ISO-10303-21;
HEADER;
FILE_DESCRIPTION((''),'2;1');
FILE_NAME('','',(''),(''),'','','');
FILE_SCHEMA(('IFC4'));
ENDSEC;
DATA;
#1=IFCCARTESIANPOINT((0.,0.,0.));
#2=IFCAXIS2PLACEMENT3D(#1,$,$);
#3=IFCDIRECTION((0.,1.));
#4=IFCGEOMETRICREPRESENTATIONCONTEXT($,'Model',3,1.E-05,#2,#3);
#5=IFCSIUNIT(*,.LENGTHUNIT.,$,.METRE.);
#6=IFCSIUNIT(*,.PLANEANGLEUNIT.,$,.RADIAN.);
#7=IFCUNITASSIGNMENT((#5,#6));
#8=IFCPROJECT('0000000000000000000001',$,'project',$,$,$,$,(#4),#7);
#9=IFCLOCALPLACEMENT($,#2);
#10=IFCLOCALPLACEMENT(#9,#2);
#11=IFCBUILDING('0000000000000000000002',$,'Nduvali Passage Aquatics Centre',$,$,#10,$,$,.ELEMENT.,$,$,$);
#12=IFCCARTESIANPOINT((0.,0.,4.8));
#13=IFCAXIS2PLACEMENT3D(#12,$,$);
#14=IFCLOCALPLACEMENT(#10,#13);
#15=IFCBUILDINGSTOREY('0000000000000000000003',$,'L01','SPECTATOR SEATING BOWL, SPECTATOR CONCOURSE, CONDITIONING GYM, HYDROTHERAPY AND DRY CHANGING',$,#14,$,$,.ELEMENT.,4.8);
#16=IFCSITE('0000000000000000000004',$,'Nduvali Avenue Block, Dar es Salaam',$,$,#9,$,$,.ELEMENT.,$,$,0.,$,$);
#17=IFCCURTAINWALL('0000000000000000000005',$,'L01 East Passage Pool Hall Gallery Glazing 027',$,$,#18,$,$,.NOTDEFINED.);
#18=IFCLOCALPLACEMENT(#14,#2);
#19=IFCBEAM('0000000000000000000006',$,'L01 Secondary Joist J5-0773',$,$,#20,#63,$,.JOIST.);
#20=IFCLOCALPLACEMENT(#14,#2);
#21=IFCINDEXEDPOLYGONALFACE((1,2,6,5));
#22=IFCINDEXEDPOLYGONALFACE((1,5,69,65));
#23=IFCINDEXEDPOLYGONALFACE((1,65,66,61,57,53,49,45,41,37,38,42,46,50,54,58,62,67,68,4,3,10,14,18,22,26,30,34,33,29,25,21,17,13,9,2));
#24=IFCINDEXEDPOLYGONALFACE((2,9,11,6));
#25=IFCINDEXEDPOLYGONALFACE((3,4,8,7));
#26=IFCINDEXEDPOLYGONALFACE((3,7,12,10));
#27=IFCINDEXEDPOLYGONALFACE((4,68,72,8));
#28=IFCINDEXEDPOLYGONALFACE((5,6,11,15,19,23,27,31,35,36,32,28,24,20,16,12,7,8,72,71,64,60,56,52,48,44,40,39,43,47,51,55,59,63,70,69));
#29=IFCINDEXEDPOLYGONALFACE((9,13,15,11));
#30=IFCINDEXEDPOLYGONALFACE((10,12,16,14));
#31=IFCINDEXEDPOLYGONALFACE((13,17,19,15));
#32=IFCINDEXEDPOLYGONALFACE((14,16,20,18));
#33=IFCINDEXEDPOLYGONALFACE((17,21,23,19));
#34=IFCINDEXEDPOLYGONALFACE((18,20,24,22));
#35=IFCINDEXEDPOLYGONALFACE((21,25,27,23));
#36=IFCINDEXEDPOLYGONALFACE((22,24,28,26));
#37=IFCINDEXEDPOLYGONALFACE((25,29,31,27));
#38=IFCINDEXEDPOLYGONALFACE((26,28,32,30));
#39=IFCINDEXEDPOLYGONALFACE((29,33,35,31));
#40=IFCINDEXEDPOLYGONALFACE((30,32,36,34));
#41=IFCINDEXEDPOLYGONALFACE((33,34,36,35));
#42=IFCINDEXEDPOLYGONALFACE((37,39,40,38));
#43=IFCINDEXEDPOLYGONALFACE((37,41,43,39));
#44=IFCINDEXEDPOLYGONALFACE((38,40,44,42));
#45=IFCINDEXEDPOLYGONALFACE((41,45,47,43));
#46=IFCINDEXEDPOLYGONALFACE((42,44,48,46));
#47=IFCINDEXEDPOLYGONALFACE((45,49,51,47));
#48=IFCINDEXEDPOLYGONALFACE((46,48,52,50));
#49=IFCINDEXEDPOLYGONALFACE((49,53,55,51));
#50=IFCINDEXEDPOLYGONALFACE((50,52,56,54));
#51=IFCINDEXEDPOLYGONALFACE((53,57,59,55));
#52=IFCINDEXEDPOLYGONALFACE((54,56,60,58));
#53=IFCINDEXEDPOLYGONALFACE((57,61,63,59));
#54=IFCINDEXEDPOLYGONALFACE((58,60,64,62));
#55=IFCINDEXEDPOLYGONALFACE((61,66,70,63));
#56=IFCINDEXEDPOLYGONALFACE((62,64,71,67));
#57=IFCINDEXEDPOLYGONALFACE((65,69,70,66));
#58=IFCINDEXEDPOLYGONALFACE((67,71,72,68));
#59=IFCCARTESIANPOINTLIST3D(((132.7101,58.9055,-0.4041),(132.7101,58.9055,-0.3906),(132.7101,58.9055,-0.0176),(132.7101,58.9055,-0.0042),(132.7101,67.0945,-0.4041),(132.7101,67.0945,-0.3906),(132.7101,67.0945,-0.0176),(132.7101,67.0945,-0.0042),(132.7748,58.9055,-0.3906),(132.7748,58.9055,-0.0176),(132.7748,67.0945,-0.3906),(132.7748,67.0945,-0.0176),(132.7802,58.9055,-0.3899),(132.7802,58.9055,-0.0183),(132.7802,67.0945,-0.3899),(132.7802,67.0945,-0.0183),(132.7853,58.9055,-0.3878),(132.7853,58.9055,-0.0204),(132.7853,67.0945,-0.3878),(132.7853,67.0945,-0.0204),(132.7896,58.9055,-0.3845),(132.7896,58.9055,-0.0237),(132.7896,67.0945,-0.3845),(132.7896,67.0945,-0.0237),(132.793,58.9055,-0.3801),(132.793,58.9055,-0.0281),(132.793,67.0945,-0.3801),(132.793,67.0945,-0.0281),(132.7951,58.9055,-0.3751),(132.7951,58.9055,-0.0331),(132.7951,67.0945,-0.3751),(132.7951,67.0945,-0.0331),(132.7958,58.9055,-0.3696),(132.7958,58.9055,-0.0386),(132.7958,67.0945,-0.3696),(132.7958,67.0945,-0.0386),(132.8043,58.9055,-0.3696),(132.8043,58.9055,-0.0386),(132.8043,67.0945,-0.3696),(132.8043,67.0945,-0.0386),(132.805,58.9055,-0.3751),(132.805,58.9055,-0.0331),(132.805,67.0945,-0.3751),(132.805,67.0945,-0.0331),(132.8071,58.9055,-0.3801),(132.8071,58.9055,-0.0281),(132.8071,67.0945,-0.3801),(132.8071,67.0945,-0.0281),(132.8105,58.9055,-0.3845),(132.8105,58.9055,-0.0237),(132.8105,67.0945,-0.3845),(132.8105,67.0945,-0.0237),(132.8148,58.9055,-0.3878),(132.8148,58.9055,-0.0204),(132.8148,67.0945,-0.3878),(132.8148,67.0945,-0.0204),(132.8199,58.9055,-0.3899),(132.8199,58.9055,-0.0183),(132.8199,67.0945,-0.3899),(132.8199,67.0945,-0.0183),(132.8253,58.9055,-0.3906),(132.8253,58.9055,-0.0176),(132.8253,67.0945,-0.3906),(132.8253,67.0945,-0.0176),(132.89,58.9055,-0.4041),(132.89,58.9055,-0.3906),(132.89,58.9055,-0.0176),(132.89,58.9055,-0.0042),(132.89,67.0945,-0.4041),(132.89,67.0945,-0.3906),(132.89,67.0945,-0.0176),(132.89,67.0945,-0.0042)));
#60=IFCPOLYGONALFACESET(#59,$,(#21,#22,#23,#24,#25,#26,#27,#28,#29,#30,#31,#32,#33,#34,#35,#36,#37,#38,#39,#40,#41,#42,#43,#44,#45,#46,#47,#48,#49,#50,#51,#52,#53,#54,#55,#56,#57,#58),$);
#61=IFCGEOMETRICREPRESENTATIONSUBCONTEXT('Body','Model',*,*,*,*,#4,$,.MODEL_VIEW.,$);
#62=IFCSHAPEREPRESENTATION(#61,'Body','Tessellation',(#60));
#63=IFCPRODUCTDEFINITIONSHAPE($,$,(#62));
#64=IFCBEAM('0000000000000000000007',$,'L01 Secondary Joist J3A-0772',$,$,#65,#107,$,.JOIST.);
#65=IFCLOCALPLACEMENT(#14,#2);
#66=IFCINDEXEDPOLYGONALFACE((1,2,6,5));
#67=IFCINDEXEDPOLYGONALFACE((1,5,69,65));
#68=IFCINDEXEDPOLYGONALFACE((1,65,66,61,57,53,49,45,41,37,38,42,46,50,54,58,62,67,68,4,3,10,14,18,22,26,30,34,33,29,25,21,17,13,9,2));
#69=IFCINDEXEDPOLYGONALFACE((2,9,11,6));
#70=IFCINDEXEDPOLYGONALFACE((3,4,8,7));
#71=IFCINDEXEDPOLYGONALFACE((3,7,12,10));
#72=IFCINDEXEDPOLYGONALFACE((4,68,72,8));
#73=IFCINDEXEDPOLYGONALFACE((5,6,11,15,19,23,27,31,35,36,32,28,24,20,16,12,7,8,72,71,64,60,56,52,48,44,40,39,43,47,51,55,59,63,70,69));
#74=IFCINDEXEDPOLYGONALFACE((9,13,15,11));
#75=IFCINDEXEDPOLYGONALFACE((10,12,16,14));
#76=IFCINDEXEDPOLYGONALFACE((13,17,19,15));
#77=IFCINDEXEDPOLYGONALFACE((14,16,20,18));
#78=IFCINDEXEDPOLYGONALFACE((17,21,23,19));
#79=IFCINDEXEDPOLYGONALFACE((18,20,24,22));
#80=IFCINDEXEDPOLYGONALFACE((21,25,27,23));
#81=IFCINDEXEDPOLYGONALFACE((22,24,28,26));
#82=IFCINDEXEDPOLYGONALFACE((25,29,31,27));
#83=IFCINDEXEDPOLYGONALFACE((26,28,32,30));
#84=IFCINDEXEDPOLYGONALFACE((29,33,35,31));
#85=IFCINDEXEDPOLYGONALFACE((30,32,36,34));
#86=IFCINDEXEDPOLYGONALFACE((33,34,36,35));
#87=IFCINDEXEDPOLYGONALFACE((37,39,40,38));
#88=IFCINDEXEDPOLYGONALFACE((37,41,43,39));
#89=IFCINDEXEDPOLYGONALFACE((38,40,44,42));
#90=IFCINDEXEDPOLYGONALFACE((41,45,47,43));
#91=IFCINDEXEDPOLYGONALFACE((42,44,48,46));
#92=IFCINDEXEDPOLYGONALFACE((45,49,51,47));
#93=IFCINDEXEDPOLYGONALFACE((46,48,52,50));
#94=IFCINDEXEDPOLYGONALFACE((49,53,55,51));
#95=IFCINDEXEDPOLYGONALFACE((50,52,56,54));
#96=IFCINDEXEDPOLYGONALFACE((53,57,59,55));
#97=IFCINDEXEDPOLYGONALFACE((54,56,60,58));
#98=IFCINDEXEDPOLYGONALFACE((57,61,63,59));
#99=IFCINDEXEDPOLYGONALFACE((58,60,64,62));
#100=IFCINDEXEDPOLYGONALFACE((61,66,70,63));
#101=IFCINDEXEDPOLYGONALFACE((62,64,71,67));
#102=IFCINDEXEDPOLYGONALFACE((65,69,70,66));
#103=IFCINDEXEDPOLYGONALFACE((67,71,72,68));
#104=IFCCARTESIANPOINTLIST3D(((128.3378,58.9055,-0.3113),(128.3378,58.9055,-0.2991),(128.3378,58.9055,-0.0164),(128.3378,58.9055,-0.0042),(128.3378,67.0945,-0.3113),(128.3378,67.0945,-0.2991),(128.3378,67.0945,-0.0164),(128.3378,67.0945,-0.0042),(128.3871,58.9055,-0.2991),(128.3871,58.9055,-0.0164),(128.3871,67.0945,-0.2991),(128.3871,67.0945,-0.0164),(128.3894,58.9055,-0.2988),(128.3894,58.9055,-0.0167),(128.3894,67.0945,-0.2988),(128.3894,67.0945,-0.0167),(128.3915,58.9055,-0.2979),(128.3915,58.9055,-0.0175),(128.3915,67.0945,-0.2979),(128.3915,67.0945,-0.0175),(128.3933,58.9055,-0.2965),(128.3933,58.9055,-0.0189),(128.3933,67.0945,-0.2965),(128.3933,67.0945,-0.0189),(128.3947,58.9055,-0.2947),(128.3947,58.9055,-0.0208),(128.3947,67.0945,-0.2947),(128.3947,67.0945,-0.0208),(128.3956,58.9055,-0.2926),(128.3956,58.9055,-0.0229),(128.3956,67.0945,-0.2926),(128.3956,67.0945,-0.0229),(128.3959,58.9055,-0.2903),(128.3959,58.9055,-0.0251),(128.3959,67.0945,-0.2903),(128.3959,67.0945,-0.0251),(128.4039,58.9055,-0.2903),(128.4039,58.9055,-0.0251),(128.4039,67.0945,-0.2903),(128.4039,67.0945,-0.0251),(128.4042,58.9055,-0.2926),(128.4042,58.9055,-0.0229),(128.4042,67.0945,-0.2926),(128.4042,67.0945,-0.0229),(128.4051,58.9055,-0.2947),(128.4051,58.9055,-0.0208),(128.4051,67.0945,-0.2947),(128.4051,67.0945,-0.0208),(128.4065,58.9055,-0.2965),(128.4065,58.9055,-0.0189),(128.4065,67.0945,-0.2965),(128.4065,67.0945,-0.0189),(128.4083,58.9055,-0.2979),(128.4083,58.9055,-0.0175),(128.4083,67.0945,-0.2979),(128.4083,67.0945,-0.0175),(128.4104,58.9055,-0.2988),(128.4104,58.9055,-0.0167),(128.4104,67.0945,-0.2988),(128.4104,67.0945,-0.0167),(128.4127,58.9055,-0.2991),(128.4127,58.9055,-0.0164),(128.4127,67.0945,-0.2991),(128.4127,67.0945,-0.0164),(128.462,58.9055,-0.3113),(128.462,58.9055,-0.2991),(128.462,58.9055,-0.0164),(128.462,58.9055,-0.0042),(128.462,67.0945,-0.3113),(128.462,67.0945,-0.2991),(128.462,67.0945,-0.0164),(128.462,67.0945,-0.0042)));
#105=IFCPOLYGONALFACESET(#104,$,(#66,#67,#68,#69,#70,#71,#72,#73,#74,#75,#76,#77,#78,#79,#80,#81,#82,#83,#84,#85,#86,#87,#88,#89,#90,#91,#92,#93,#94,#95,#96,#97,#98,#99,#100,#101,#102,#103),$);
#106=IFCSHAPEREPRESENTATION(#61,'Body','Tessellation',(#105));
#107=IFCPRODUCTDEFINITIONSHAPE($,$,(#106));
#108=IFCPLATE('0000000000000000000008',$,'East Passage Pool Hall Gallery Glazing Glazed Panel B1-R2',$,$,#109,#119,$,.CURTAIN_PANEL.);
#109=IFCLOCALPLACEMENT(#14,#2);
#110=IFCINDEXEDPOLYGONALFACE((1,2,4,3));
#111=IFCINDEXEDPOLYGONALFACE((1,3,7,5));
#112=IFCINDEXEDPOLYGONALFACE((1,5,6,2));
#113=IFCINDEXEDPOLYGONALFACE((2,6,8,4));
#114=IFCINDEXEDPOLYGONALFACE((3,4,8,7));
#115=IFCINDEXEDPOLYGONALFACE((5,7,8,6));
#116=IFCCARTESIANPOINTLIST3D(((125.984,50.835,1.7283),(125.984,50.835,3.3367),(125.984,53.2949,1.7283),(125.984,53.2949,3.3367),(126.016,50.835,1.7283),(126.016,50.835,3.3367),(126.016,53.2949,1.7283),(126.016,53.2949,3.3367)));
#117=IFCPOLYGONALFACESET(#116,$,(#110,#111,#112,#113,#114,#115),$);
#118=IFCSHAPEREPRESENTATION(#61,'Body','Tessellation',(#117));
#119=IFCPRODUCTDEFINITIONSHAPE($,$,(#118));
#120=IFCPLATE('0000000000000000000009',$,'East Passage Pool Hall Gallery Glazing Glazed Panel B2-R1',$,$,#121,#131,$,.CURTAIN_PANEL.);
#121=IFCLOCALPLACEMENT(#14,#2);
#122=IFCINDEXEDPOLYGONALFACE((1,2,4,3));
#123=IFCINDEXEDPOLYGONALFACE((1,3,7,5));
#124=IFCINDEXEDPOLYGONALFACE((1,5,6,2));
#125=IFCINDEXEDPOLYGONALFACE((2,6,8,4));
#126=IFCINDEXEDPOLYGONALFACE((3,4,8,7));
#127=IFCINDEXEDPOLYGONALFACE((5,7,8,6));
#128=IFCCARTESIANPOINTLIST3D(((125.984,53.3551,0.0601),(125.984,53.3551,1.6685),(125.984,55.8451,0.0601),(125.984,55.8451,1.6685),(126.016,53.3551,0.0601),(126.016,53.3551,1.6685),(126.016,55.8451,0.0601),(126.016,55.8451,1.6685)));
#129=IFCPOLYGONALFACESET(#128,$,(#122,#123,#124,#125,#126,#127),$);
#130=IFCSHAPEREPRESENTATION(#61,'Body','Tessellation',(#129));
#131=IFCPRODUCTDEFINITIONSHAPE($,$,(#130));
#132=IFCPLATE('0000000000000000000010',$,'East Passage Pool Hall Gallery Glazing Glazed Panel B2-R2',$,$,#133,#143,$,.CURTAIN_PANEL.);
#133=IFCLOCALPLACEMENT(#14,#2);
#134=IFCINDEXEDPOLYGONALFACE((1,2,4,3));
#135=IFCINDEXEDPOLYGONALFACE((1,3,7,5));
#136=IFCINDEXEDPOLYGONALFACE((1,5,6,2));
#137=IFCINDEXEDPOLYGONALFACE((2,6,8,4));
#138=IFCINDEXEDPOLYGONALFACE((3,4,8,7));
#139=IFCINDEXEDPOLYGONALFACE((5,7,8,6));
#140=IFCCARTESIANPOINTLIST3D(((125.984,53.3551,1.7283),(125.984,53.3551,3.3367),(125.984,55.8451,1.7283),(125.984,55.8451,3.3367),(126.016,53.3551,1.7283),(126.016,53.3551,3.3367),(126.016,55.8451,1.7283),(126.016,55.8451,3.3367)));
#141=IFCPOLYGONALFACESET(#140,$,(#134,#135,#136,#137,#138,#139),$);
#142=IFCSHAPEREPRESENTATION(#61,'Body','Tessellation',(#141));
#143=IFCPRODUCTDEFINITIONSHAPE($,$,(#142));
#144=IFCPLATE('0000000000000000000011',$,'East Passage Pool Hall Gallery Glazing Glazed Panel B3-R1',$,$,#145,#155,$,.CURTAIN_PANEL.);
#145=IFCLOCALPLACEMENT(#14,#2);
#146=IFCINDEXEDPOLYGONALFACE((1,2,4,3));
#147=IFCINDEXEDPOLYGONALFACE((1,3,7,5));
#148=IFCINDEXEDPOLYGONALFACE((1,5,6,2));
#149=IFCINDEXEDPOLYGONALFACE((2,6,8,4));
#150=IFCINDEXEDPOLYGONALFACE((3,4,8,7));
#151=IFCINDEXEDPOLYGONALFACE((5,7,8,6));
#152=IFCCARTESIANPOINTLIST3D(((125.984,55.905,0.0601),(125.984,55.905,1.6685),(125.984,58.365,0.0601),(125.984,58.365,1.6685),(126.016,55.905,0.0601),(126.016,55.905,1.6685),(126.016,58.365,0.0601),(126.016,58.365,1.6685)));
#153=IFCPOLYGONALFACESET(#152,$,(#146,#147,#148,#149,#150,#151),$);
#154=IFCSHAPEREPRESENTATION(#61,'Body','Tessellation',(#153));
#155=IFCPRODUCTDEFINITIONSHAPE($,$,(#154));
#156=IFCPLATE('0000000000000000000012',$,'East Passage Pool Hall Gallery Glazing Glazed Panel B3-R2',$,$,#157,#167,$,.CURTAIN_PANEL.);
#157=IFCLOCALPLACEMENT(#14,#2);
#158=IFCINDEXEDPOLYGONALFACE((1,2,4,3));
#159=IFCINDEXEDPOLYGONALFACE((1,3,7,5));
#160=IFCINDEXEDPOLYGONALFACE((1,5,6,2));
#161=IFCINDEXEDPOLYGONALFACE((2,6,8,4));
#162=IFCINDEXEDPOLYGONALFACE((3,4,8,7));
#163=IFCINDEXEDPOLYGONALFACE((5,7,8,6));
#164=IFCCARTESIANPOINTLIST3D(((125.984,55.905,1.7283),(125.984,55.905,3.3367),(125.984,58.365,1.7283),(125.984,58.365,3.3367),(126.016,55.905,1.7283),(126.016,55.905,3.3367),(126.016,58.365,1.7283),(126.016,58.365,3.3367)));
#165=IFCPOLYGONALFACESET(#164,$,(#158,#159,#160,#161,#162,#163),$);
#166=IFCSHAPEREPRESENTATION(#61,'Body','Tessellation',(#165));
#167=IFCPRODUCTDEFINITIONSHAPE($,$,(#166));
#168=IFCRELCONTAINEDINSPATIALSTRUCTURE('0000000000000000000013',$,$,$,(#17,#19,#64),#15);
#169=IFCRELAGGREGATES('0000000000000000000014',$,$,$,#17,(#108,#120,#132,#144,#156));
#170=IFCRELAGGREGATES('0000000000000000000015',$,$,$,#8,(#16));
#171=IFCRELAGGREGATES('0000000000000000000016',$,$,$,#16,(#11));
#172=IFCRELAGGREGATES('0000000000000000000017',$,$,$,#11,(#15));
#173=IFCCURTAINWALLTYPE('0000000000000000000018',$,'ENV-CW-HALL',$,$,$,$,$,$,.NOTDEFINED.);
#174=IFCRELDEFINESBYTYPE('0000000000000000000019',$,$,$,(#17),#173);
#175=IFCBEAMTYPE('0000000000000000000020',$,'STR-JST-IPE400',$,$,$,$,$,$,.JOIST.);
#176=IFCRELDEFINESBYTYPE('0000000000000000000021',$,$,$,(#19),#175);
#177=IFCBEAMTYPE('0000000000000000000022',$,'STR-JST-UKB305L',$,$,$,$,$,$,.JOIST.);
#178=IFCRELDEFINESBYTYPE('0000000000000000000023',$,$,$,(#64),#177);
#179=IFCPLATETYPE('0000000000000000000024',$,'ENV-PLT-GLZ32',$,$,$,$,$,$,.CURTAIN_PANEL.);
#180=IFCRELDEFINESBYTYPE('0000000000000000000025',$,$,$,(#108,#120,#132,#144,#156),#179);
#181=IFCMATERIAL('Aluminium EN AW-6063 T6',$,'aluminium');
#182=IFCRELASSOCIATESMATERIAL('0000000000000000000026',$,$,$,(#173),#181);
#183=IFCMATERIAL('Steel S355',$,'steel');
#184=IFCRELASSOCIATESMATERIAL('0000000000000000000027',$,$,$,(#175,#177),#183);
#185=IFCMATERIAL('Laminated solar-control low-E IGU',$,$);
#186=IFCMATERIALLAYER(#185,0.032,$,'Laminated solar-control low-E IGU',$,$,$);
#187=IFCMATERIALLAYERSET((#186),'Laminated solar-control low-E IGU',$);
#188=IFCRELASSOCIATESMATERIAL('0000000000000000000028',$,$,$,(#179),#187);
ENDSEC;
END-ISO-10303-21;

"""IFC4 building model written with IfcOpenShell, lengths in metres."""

from ifc_helpers import new_model, si_unit, direction, frame, origin, origin_2d, place, context, subcontext, project, spatial, rectangle, i_section, extrude, material, layer, layer_set, material_profile, profile_set, type_object, element, aggregate, save


model = new_model("IFC4")

# Units and contexts
model_context = context("Model", 3, precision=1e-05, world=origin(), true_north=direction((0.0, 1.0)))
body_context = subcontext(model_context, "Body", "Model", "MODEL_VIEW")
ifc_project = project(units=[si_unit("LENGTHUNIT", "METRE"), si_unit("PLANEANGLEUNIT", "RADIAN")], contexts=[model_context])

# Site, building, storey
site_placement = place(None, origin())
site = spatial("IfcSite", under=ifc_project, at=site_placement, Name="Nduvali Avenue Block, Dar es Salaam", CompositionType="ELEMENT", RefElevation=0.0)
building_placement = place(site_placement, origin())
building = spatial("IfcBuilding", under=site, at=building_placement, Name="Nduvali Passage Aquatics Centre", CompositionType="ELEMENT")
storey_placement = place(building_placement, frame((0.0, 0.0, 4.8)))
storey = spatial("IfcBuildingStorey", under=building, at=storey_placement, Name="L01", Description="SPECTATOR SEATING BOWL, SPECTATOR CONCOURSE, CONDITIONING GYM, HYDROTHERAPY AND DRY CHANGING", CompositionType="ELEMENT", Elevation=4.8)

# Curtain wall
ifc_material_1 = material(Name="Aluminium EN AW-6063 T6", Category="aluminium")
curtain_wall_type = type_object("IfcCurtainWallType", Name="ENV-CW-HALL", PredefinedType="NOTDEFINED", material=ifc_material_1)
curtain_wall_placement = place(storey_placement, origin())
curtain_wall = element("IfcCurtainWall", 1, at=curtain_wall_placement, inside=storey, type_object=curtain_wall_type, Name="L01 East Passage Pool Hall Gallery Glazing 027", PredefinedType="NOTDEFINED")

# Beams
ifc_material_2 = material(Name="Steel S355", Category="steel")
ifc_material_profile_1 = material_profile(ifc_material_2, i_section(OverallWidth=0.1799, OverallDepth=0.3999, WebThickness=0.0085, FlangeThickness=0.0134, FilletRadius=0.021, at=origin_2d()), Name="IPE 400")
ifc_profile_set_1 = profile_set([ifc_material_profile_1], Name="Steel S355")
beam_type_1 = type_object("IfcBeamType", Name="STR-JST-IPE400", PredefinedType="JOIST", material=ifc_profile_set_1)
beam_1_placement = place(storey_placement, frame((132.8, 58.9055, -0.2041), z_axis=(0.0, 1.0, 0.0), x_axis=(-1.0, 0.0, 0.0)))
element("IfcBeam", 2, at=beam_1_placement, inside=storey, type_object=beam_type_1, Name="L01 Secondary Joist J5-0773", PredefinedType="JOIST", context=body_context, shape_type="SweptSolid", body=[
    extrude(i_section(OverallWidth=0.1799, OverallDepth=0.3999, WebThickness=0.0085, FlangeThickness=0.0134, FilletRadius=0.021, at=origin_2d()), origin(), (0.0, 0.0, 1.0), 8.189),
])
ifc_material_profile_2 = material_profile(ifc_material_2, i_section(OverallWidth=0.1243, OverallDepth=0.3071, WebThickness=0.0081, FlangeThickness=0.0122, FilletRadius=0.0088, at=origin_2d()), Name="UKB 305x127x42")
ifc_profile_set_2 = profile_set([ifc_material_profile_2], Name="Steel S355")
beam_type_2 = type_object("IfcBeamType", Name="STR-JST-UKB305L", PredefinedType="JOIST", material=ifc_profile_set_2)
beam_2_placement = place(storey_placement, frame((128.3999, 58.9055, -0.1577), z_axis=(0.0, 1.0, 0.0), x_axis=(-1.0, 0.0, 0.0)))
element("IfcBeam", 3, at=beam_2_placement, inside=storey, type_object=beam_type_2, Name="L01 Secondary Joist J3A-0772", PredefinedType="JOIST", context=body_context, shape_type="SweptSolid", body=[
    extrude(i_section(OverallWidth=0.1243, OverallDepth=0.3071, WebThickness=0.0081, FlangeThickness=0.0122, FilletRadius=0.0088, at=origin_2d()), origin(), (0.0, 0.0, 1.0), 8.189),
])

# Plates
ifc_material_3 = material(Name="Laminated solar-control low-E IGU")
ifc_layer = layer(ifc_material_3, 0.032, Name="Laminated solar-control low-E IGU")
ifc_layer_set = layer_set([ifc_layer], Name="Laminated solar-control low-E IGU")
plate_type = type_object("IfcPlateType", Name="ENV-PLT-GLZ32", PredefinedType="CURTAIN_PANEL", material=ifc_layer_set)
plate_1_placement = place(storey_placement, frame((126.0, 52.0649, 1.7283), z_axis=(0.0, 0.0, 1.0), x_axis=(0.0, 1.0, 0.0)))
plate_1 = element("IfcPlate", 4, at=plate_1_placement, type_object=plate_type, Name="East Passage Pool Hall Gallery Glazing Glazed Panel B1-R2", PredefinedType="CURTAIN_PANEL", context=body_context, shape_type="SweptSolid", body=[
    extrude(rectangle(XDim=2.46, YDim=0.032, at=origin_2d()), origin(), (0.0, 0.0, 1.0), 1.6084),
])
plate_2_placement = place(storey_placement, frame((126.0, 54.6001, 0.0601), z_axis=(0.0, 0.0, 1.0), x_axis=(0.0, 1.0, 0.0)))
plate_2 = element("IfcPlate", 5, at=plate_2_placement, type_object=plate_type, Name="East Passage Pool Hall Gallery Glazing Glazed Panel B2-R1", PredefinedType="CURTAIN_PANEL", context=body_context, shape_type="SweptSolid", body=[
    extrude(rectangle(XDim=2.49, YDim=0.032, at=origin_2d()), origin(), (0.0, 0.0, 1.0), 1.6084),
])
plate_3_placement = place(storey_placement, frame((126.0, 54.6001, 1.7283), z_axis=(0.0, 0.0, 1.0), x_axis=(0.0, 1.0, 0.0)))
plate_3 = element("IfcPlate", 6, at=plate_3_placement, type_object=plate_type, Name="East Passage Pool Hall Gallery Glazing Glazed Panel B2-R2", PredefinedType="CURTAIN_PANEL", context=body_context, shape_type="SweptSolid", body=[
    extrude(rectangle(XDim=2.49, YDim=0.032, at=origin_2d()), origin(), (0.0, 0.0, 1.0), 1.6084),
])
plate_4_placement = place(storey_placement, frame((126.0, 57.135, 0.0601), z_axis=(0.0, 0.0, 1.0), x_axis=(0.0, 1.0, 0.0)))
plate_4 = element("IfcPlate", 7, at=plate_4_placement, type_object=plate_type, Name="East Passage Pool Hall Gallery Glazing Glazed Panel B3-R1", PredefinedType="CURTAIN_PANEL", context=body_context, shape_type="SweptSolid", body=[
    extrude(rectangle(XDim=2.46, YDim=0.032, at=origin_2d()), origin(), (0.0, 0.0, 1.0), 1.6084),
])
plate_5_placement = place(storey_placement, frame((126.0, 57.135, 1.7283), z_axis=(0.0, 0.0, 1.0), x_axis=(0.0, 1.0, 0.0)))
plate_5 = element("IfcPlate", 8, at=plate_5_placement, type_object=plate_type, Name="East Passage Pool Hall Gallery Glazing Glazed Panel B3-R2", PredefinedType="CURTAIN_PANEL", context=body_context, shape_type="SweptSolid", body=[
    extrude(rectangle(XDim=2.46, YDim=0.032, at=origin_2d()), origin(), (0.0, 0.0, 1.0), 1.6084),
])
aggregate(curtain_wall, [plate_1, plate_2, plate_3, plate_4, plate_5])

save(model, "model.ifc")
